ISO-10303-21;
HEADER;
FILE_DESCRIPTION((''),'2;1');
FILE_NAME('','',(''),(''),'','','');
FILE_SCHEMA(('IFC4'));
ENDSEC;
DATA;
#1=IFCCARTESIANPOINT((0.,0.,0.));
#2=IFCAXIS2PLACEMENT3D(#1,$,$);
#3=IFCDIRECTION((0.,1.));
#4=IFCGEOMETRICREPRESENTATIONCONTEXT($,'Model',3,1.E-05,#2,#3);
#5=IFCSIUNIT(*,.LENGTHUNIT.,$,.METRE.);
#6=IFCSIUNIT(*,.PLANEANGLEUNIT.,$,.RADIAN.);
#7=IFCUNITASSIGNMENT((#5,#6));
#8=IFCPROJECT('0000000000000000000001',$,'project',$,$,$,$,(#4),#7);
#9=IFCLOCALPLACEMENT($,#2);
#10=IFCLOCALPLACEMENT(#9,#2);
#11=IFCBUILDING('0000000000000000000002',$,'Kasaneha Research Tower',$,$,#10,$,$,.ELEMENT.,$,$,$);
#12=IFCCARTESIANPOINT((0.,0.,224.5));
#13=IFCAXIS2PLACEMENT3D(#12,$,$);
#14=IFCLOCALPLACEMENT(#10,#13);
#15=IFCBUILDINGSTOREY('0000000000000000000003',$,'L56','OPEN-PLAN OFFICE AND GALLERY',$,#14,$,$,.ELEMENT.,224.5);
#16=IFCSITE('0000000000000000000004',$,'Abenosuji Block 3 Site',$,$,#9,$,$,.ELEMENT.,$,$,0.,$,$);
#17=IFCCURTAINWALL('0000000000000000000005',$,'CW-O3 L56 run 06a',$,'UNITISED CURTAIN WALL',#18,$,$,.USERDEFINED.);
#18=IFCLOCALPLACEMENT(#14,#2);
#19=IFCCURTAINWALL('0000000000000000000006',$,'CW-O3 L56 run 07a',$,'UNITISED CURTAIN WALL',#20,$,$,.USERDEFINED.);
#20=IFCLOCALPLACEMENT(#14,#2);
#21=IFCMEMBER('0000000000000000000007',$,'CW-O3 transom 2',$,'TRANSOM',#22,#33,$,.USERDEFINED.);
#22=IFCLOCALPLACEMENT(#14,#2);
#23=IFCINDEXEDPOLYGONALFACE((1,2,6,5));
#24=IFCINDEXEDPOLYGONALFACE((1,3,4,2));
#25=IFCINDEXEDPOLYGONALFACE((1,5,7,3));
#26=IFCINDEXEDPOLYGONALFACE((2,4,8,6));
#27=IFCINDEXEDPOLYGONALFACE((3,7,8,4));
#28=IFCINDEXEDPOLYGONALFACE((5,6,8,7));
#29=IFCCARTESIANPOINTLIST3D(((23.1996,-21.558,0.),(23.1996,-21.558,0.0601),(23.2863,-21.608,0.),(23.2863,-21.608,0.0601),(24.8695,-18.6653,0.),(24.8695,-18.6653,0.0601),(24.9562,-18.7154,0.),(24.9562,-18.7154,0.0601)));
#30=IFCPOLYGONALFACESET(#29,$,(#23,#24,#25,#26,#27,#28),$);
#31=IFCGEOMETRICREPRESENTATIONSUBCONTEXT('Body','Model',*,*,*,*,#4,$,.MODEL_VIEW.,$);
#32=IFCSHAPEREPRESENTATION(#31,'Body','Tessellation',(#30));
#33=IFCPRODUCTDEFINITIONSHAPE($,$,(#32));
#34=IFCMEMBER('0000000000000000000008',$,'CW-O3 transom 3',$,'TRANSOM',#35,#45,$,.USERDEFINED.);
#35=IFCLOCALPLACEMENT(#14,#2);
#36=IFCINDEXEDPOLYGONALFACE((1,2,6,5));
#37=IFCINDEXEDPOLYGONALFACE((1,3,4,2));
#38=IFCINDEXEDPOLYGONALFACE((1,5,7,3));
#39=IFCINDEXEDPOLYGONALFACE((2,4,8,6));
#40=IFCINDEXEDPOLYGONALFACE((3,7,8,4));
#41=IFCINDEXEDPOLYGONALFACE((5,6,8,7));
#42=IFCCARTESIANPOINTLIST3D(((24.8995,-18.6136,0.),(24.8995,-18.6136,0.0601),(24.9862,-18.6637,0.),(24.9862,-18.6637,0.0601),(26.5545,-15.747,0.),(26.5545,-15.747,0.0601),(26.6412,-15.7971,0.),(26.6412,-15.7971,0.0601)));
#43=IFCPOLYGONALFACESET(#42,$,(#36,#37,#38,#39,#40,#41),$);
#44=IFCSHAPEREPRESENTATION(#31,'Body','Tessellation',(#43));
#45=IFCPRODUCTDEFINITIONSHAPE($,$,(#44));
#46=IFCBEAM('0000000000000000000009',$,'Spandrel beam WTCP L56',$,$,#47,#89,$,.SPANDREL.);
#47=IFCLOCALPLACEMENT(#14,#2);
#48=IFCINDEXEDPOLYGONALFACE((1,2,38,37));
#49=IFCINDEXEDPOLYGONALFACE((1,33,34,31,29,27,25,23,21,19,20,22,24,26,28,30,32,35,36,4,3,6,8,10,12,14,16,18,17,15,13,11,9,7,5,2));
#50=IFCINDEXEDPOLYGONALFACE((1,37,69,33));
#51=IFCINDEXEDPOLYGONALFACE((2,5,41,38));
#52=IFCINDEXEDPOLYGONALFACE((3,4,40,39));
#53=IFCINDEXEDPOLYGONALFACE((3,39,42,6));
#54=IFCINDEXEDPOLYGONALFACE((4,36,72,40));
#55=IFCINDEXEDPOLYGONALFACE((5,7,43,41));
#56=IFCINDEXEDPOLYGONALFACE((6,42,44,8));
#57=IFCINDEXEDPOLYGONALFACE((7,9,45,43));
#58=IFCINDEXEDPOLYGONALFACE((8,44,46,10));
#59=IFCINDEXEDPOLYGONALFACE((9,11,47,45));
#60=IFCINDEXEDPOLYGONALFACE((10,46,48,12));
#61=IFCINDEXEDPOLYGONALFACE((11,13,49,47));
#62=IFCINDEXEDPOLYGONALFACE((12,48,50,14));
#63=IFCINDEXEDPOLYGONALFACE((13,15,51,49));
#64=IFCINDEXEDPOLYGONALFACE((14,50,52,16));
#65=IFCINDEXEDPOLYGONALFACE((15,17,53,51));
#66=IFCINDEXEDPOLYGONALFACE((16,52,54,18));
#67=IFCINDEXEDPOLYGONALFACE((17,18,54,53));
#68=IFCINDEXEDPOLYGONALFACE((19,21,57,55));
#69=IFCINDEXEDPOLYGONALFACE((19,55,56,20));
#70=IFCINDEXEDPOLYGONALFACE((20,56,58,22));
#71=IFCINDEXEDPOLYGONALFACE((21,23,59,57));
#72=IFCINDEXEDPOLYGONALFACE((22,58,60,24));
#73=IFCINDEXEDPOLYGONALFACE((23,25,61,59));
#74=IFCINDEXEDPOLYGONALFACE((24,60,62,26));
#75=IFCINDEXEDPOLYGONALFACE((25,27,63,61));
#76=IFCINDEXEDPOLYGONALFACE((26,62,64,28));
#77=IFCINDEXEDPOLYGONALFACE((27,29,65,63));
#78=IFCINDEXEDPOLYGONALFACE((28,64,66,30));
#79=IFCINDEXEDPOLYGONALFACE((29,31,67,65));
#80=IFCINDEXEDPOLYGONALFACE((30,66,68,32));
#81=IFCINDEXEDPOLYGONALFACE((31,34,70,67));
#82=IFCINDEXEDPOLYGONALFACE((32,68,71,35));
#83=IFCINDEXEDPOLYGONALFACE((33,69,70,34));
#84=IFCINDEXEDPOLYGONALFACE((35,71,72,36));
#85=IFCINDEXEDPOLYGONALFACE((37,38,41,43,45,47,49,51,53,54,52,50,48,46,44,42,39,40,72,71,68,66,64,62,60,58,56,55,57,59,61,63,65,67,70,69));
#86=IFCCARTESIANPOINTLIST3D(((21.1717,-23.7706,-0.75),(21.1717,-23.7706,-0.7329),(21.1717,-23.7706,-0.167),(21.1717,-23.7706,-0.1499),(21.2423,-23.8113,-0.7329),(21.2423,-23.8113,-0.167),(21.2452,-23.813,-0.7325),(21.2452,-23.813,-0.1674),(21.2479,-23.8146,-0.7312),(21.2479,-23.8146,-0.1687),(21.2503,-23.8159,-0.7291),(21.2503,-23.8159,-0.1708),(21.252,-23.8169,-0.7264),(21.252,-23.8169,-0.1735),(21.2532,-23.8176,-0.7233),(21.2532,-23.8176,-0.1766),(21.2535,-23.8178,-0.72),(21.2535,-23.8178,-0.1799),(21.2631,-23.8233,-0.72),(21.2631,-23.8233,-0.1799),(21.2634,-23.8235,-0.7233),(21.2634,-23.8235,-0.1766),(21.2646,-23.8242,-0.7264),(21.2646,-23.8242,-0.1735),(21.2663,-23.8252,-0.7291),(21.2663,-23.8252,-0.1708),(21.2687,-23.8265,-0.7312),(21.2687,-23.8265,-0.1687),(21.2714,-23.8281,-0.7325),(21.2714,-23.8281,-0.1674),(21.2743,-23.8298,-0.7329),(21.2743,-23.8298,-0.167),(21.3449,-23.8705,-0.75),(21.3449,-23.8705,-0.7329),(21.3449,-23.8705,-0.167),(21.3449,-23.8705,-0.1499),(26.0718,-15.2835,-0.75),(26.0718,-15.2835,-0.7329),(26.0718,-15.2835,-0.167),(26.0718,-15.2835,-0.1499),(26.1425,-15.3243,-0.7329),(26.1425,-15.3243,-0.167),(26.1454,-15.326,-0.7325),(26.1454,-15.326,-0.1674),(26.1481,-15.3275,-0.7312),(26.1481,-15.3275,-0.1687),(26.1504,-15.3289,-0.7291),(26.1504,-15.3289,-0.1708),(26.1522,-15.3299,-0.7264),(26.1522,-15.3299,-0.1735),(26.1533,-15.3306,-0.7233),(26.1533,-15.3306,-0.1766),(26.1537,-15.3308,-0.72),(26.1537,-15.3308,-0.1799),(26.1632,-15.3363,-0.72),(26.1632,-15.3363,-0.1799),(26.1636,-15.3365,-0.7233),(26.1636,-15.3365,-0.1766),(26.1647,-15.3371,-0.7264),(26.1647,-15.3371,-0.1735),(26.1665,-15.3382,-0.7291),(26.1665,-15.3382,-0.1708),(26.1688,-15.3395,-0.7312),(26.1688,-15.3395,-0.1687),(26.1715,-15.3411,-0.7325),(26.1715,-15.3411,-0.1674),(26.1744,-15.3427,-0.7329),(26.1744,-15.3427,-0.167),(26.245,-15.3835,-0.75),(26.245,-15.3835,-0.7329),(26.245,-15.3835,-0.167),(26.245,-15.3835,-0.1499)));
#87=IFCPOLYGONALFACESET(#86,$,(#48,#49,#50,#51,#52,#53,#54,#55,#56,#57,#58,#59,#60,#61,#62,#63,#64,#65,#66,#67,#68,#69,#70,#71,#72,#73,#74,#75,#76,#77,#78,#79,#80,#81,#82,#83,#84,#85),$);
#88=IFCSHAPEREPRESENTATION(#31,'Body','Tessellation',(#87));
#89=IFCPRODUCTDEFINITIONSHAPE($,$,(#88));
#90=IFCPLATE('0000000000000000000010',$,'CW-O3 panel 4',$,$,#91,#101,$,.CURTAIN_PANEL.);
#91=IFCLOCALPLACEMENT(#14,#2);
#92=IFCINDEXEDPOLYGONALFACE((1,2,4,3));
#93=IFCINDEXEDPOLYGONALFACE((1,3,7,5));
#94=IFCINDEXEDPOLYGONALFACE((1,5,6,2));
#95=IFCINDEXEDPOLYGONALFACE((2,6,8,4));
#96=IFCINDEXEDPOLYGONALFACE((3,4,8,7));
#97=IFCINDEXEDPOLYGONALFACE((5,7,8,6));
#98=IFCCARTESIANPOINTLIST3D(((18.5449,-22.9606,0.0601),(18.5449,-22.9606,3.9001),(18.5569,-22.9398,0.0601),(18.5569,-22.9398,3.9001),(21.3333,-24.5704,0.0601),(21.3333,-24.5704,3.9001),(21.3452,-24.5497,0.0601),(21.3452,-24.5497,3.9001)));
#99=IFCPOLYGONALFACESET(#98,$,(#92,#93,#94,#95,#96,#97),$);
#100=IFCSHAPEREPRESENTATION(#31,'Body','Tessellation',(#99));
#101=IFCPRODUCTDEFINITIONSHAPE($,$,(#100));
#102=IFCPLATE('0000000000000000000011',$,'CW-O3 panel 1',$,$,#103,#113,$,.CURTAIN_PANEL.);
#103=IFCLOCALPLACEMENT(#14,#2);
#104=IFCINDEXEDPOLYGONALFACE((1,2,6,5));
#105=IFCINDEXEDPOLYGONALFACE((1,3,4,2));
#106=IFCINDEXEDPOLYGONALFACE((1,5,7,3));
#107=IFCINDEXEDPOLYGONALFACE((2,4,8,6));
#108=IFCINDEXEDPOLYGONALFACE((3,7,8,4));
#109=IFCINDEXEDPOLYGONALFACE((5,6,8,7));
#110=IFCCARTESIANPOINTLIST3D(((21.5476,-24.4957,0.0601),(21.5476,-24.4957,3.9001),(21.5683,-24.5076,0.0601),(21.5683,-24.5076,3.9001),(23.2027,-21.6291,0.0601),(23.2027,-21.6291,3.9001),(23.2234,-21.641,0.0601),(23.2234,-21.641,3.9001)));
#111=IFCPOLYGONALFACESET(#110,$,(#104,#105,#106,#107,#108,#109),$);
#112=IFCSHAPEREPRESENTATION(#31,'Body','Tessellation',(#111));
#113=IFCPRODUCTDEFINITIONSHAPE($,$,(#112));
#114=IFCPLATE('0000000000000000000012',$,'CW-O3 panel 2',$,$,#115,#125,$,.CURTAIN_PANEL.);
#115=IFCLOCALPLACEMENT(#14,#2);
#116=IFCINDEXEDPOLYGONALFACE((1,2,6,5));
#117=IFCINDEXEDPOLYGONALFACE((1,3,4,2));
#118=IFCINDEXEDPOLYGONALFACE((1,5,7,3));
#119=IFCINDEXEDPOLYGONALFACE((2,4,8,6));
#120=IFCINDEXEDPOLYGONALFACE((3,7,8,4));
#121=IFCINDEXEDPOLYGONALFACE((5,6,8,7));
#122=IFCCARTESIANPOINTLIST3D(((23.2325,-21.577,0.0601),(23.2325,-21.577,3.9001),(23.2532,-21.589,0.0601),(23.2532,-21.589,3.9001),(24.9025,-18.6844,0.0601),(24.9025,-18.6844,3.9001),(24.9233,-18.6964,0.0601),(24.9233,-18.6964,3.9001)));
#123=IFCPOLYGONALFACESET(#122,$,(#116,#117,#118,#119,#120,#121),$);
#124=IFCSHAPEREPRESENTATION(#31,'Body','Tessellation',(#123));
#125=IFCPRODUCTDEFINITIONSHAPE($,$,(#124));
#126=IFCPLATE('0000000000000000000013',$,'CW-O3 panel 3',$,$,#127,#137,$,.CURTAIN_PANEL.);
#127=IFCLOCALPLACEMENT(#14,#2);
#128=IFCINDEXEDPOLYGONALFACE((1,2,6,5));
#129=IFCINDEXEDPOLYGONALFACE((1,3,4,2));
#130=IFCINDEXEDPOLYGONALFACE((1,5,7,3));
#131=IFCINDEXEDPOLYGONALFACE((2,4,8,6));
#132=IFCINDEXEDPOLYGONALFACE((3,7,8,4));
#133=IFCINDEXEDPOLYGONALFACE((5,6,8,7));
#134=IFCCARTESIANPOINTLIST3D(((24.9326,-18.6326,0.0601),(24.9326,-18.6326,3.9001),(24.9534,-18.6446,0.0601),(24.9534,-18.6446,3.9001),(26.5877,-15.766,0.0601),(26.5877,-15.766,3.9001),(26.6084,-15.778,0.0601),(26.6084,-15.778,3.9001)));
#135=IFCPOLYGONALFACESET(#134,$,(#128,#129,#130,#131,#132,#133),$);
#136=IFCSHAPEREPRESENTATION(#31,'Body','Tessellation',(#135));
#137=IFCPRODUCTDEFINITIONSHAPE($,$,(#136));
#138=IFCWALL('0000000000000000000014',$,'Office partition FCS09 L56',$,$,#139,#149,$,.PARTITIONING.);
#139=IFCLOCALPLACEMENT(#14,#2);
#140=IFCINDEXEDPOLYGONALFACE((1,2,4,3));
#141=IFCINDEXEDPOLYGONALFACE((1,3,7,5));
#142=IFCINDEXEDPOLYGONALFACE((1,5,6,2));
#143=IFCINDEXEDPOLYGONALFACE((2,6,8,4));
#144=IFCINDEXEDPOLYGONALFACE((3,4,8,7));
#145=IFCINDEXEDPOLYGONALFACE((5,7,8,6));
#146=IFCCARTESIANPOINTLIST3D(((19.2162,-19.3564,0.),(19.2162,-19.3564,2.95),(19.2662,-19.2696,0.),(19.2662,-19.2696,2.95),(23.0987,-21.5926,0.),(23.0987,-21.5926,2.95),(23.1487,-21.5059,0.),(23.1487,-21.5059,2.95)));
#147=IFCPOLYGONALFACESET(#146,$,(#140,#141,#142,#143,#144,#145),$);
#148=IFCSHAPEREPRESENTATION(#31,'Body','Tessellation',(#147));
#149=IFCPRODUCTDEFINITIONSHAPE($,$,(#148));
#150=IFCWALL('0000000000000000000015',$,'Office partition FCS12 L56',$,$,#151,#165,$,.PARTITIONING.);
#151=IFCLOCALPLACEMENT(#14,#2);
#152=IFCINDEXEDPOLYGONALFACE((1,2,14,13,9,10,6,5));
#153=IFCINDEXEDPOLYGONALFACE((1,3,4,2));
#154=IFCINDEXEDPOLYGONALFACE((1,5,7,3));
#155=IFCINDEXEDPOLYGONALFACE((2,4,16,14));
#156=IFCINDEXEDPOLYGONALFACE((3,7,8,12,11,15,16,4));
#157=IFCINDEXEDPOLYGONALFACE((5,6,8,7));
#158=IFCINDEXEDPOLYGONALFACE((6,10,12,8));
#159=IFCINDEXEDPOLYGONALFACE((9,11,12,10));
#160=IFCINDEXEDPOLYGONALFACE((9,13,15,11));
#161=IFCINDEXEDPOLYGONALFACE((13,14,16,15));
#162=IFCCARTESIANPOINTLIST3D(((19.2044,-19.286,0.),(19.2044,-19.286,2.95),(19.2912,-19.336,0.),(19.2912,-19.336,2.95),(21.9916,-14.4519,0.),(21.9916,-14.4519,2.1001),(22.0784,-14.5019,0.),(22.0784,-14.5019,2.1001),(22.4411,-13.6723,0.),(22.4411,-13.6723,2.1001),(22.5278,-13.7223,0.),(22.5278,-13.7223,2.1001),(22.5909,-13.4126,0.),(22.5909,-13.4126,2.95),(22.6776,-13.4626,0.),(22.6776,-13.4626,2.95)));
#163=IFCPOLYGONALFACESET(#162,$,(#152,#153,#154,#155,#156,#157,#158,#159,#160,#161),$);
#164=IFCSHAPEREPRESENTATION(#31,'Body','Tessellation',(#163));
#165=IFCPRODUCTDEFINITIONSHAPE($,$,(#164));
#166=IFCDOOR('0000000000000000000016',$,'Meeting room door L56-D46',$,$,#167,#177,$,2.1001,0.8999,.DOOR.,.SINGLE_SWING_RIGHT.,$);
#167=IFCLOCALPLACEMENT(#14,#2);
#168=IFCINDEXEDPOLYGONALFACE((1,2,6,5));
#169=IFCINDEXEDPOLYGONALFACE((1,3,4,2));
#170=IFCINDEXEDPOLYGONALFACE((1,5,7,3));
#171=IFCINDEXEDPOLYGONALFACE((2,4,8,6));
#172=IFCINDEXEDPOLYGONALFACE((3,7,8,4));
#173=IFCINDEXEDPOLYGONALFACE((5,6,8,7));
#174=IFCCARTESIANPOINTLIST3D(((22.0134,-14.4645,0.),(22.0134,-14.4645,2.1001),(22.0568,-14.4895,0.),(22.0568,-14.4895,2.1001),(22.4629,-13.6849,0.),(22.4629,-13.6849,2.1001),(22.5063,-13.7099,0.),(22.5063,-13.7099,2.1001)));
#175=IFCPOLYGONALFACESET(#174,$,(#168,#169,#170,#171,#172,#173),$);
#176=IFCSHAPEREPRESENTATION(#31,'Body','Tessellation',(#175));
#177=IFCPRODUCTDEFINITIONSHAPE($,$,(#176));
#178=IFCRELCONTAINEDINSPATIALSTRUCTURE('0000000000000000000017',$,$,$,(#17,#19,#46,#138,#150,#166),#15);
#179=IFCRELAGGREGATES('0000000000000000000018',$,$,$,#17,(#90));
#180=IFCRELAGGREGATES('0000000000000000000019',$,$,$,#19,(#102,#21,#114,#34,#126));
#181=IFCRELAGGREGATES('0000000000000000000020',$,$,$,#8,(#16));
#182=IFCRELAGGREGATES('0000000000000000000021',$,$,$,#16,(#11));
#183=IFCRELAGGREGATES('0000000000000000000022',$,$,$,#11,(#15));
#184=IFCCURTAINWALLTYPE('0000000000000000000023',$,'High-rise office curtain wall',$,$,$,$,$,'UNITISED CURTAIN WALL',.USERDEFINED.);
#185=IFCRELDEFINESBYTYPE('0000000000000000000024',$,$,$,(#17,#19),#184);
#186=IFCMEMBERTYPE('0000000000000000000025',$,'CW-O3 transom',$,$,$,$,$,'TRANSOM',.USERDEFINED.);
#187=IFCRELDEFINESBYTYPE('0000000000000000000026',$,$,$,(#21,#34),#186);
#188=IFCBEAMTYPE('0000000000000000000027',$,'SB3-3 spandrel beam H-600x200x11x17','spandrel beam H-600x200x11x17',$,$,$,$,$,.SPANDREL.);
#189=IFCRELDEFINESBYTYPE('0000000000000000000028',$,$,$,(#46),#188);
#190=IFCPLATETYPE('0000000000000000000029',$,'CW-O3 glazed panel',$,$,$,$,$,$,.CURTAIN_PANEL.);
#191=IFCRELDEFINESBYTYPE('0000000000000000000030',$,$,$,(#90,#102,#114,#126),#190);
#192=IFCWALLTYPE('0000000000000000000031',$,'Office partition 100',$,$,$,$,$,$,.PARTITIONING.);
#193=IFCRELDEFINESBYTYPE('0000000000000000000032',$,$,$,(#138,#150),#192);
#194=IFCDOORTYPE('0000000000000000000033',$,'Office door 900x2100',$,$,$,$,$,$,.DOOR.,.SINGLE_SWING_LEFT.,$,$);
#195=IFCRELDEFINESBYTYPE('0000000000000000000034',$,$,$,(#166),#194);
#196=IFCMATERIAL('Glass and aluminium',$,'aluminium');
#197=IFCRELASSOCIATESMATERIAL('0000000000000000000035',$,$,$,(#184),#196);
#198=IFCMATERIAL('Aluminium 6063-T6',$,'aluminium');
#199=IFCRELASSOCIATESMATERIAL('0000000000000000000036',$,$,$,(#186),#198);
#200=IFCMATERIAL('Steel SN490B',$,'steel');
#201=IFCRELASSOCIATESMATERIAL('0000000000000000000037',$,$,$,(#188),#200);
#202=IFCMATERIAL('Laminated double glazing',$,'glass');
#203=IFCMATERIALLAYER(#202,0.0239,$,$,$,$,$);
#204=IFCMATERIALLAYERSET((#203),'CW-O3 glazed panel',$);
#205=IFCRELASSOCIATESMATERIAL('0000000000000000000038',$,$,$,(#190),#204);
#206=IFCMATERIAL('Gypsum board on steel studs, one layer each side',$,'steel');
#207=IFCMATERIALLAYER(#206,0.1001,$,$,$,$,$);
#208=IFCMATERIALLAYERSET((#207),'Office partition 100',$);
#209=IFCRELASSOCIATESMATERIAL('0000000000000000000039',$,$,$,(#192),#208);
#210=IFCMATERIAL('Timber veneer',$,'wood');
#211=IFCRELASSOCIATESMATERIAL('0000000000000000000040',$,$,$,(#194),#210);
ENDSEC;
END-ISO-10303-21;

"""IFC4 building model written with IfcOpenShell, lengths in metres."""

from ifc_helpers import new_model, si_unit, direction, frame, frame_2d, origin, origin_2d, place, context, subcontext, project, spatial, rectangle, i_section, extrude, material, layer, layer_set, material_profile, profile_set, type_object, element, fill, aggregate, save


model = new_model("IFC4")

# Units and contexts
model_context = context("Model", 3, precision=1e-05, world=origin(), true_north=direction((0.0, 1.0)))
body_context = subcontext(model_context, "Body", "Model", "MODEL_VIEW")
ifc_project = project(units=[si_unit("LENGTHUNIT", "METRE"), si_unit("PLANEANGLEUNIT", "RADIAN")], contexts=[model_context])

# Site, building, storey
site_placement = place(None, origin())
site = spatial("IfcSite", under=ifc_project, at=site_placement, Name="Abenosuji Block 3 Site", CompositionType="ELEMENT", RefElevation=0.0)
building_placement = place(site_placement, origin())
building = spatial("IfcBuilding", under=site, at=building_placement, Name="Kasaneha Research Tower", CompositionType="ELEMENT")
storey_placement = place(building_placement, frame((0.0, 0.0, 224.5)))
storey = spatial("IfcBuildingStorey", under=building, at=storey_placement, Name="L56", Description="OPEN-PLAN OFFICE AND GALLERY", CompositionType="ELEMENT", Elevation=224.5)

# Curtain walls
ifc_material_1 = material(Name="Glass and aluminium", Category="aluminium")
curtain_wall_type = type_object("IfcCurtainWallType", Name="High-rise office curtain wall", ElementType="UNITISED CURTAIN WALL", PredefinedType="USERDEFINED", material=ifc_material_1)
curtain_wall_1_placement = place(storey_placement, origin())
curtain_wall_1 = element("IfcCurtainWall", 1, at=curtain_wall_1_placement, inside=storey, type_object=curtain_wall_type, Name="CW-O3 L56 run 06a", ObjectType="UNITISED CURTAIN WALL", PredefinedType="USERDEFINED")
curtain_wall_2_placement = place(storey_placement, origin())
curtain_wall_2 = element("IfcCurtainWall", 2, at=curtain_wall_2_placement, inside=storey, type_object=curtain_wall_type, Name="CW-O3 L56 run 07a", ObjectType="UNITISED CURTAIN WALL", PredefinedType="USERDEFINED")

# Members
ifc_material_2 = material(Name="Aluminium 6063-T6", Category="aluminium")
ifc_material_profile_1 = material_profile(ifc_material_2, rectangle(XDim=0.1001, YDim=0.0601, at=origin_2d()), Name="CW-O3 transom 100x60")
ifc_profile_set_1 = profile_set([ifc_material_profile_1], Name="Aluminium 6063-T6")
member_type_1 = type_object("IfcMemberType", Name="CW-O3 transom", ElementType="TRANSOM", PredefinedType="USERDEFINED", material=ifc_profile_set_1)
member_1_placement = place(storey_placement, frame((23.2429, -21.583, 0.03), z_axis=(0.499976, 0.86604, 0.0), x_axis=(-0.86604, 0.499976, 0.0)))
member_1 = element("IfcMember", 3, at=member_1_placement, type_object=member_type_1, Name="CW-O3 transom 2", ObjectType="TRANSOM", PredefinedType="USERDEFINED", context=body_context, shape_type="SweptSolid", body=[
    extrude(rectangle(XDim=0.1001, YDim=0.0601, at=origin_2d()), origin(), (0.0, 0.0, 1.0), 3.3401),
])
member_2_placement = place(storey_placement, frame((24.9429, -18.6387, 0.03), z_axis=(0.499986, 0.866033, 0.0), x_axis=(-0.866033, 0.499986, 0.0)))
member_2 = element("IfcMember", 4, at=member_2_placement, type_object=member_type_1, Name="CW-O3 transom 3", ObjectType="TRANSOM", PredefinedType="USERDEFINED", context=body_context, shape_type="SweptSolid", body=[
    extrude(rectangle(XDim=0.1001, YDim=0.0601, at=origin_2d()), origin(), (0.0, 0.0, 1.0), 3.3101),
])

# Beam
ifc_material_3 = material(Name="Steel SN490B", Category="steel")
ifc_material_profile_2 = material_profile(ifc_material_3, i_section(OverallWidth=0.2, OverallDepth=0.6001, WebThickness=0.011, FlangeThickness=0.0171, FilletRadius=0.0129, at=origin_2d()), Name="H-600x200x11x17")
ifc_profile_set_2 = profile_set([ifc_material_profile_2], Name="Steel SN490B")
beam_type_1 = type_object("IfcBeamType", Name="SB3-3 spandrel beam H-600x200x11x17", Description="spandrel beam H-600x200x11x17", PredefinedType="SPANDREL", material=ifc_profile_set_2)
beam_1_placement = place(storey_placement, frame((21.2583, -23.8206, -0.45), z_axis=(0.500011, 0.866019, 0.0), x_axis=(-0.866019, 0.500011, 0.0)))
element("IfcBeam", 5, at=beam_1_placement, inside=storey, type_object=beam_type_1, Name="Spandrel beam WTCP L56", PredefinedType="SPANDREL", context=body_context, shape_type="SweptSolid", body=[
    extrude(i_section(OverallWidth=0.2, OverallDepth=0.6001, WebThickness=0.011, FlangeThickness=0.0171, FilletRadius=0.0129, at=origin_2d()), origin(), (0.0, 0.0, 1.0), 9.8),
])

# Plates
ifc_material_4 = material(Name="Laminated double glazing", Category="glass")
ifc_layer_1 = layer(ifc_material_4, 0.0239)
ifc_layer_set_1 = layer_set([ifc_layer_1], Name="CW-O3 glazed panel")
plate_type = type_object("IfcPlateType", Name="CW-O3 glazed panel", PredefinedType="CURTAIN_PANEL", material=ifc_layer_set_1)
plate_1_placement = place(storey_placement, frame((19.9451, -23.7551, 0.0601), z_axis=(0.0, 0.0, 1.0), x_axis=(0.866025, -0.5, 0.0)))
plate_1 = element("IfcPlate", 6, at=plate_1_placement, type_object=plate_type, Name="CW-O3 panel 4", PredefinedType="CURTAIN_PANEL", context=body_context, shape_type="SweptSolid", body=[
    extrude(rectangle(XDim=3.2197, YDim=0.0239, at=origin_2d()), origin(), (0.0, 0.0, 1.0), 3.8401),
])
aggregate(curtain_wall_1, [plate_1])
plate_2_placement = place(storey_placement, frame((22.3855, -23.0684, 0.0601), z_axis=(0.0, 0.0, 1.0), x_axis=(0.5, 0.866025, 0.0)))
plate_2 = element("IfcPlate", 7, at=plate_2_placement, type_object=plate_type, Name="CW-O3 panel 1", PredefinedType="CURTAIN_PANEL", context=body_context, shape_type="SweptSolid", body=[
    extrude(rectangle(XDim=3.3101, YDim=0.0239, at=origin_2d()), origin(), (0.0, 0.0, 1.0), 3.8401),
])
plate_3_placement = place(storey_placement, frame((24.0779, -20.1367, 0.0601), z_axis=(0.0, 0.0, 1.0), x_axis=(0.5, 0.866025, 0.0)))
plate_3 = element("IfcPlate", 8, at=plate_3_placement, type_object=plate_type, Name="CW-O3 panel 2", PredefinedType="CURTAIN_PANEL", context=body_context, shape_type="SweptSolid", body=[
    extrude(rectangle(XDim=3.3401, YDim=0.0239, at=origin_2d()), origin(), (0.0, 0.0, 1.0), 3.8401),
])
plate_4_placement = place(storey_placement, frame((25.7705, -17.2053, 0.0601), z_axis=(0.0, 0.0, 1.0), x_axis=(0.5, 0.866025, 0.0)))
plate_4 = element("IfcPlate", 9, at=plate_4_placement, type_object=plate_type, Name="CW-O3 panel 3", PredefinedType="CURTAIN_PANEL", context=body_context, shape_type="SweptSolid", body=[
    extrude(rectangle(XDim=3.3101, YDim=0.0239, at=origin_2d()), origin(), (0.0, 0.0, 1.0), 3.8401),
])
aggregate(curtain_wall_2, [plate_2, member_1, plate_3, member_2, plate_4])

# Wall
ifc_material_5 = material(Name="Gypsum board on steel studs, one layer each side", Category="steel")
ifc_layer_2 = layer(ifc_material_5, 0.1001)
ifc_layer_set_2 = layer_set([ifc_layer_2], Name="Office partition 100")
wall_type = type_object("IfcWallType", Name="Office partition 100", PredefinedType="PARTITIONING", material=ifc_layer_set_2)
wall_1_placement = place(storey_placement, frame((19.2412, -19.313, 0.0), z_axis=(0.0, 0.0, 1.0), x_axis=(0.866535, -0.499117, 0.0)))
element("IfcWall", 10, at=wall_1_placement, inside=storey, type_object=wall_type, Name="Office partition FCS09 L56", PredefinedType="PARTITIONING", context=body_context, shape_type="SweptSolid", body=[
    extrude(rectangle(XDim=4.4805, YDim=0.1001, at=frame_2d((2.2402, 0.0))), origin(), (0.0, 0.0, 1.0), 2.95),
])

# Wall, opening, door
wall_2_placement = place(storey_placement, frame((19.2478, -19.311, 0.0), z_axis=(0.0, 0.0, 1.0), x_axis=(0.49949, 0.86632, 0.0)))
wall_2 = element("IfcWall", 11, at=wall_2_placement, inside=storey, type_object=wall_type, Name="Office partition FCS12 L56", PredefinedType="PARTITIONING", context=body_context, shape_type="SweptSolid", body=[
    extrude(rectangle(XDim=6.7798, YDim=0.1001, at=frame_2d((3.3899, 0.0))), origin(), (0.0, 0.0, 1.0), 2.95),
])
opening_placement = place(wall_2_placement, frame((5.5801, 0.0, 0.0)))
opening = element("IfcOpeningElement", 12, at=opening_placement, cuts=wall_2, PredefinedType="OPENING", context=body_context, shape_type="SweptSolid", body=[
    extrude(rectangle(XDim=0.8999, YDim=2.1001, at=frame_2d((0.45, 1.05))), frame((0.0, 0.0601, 0.0), z_axis=(0.0, -1.0, 0.0), x_axis=(1.0, 0.0, 0.0)), (0.0, 0.0, 1.0), 0.1201),
])
ifc_material_6 = material(Name="Timber veneer", Category="wood")
door_type = type_object("IfcDoorType", Name="Office door 900x2100", OperationType="SINGLE_SWING_LEFT", PredefinedType="DOOR", material=ifc_material_6)
door_placement = place(opening_placement, origin())
door = element("IfcDoor", 13, at=door_placement, inside=storey, type_object=door_type, Name="Meeting room door L56-D46", OperationType="SINGLE_SWING_RIGHT", OverallHeight=2.1001, OverallWidth=0.8999, PredefinedType="DOOR", context=body_context, shape_type="SweptSolid", body=[
    extrude(rectangle(XDim=0.8999, YDim=2.1001, at=frame_2d((0.45, 1.05))), frame((0.0, 0.0249, 0.0), z_axis=(0.0, -1.0, 0.0), x_axis=(1.0, 0.0, 0.0)), (0.0, 0.0, 1.0), 0.05),
])
fill(opening, door)

save(model, "model.ifc")
